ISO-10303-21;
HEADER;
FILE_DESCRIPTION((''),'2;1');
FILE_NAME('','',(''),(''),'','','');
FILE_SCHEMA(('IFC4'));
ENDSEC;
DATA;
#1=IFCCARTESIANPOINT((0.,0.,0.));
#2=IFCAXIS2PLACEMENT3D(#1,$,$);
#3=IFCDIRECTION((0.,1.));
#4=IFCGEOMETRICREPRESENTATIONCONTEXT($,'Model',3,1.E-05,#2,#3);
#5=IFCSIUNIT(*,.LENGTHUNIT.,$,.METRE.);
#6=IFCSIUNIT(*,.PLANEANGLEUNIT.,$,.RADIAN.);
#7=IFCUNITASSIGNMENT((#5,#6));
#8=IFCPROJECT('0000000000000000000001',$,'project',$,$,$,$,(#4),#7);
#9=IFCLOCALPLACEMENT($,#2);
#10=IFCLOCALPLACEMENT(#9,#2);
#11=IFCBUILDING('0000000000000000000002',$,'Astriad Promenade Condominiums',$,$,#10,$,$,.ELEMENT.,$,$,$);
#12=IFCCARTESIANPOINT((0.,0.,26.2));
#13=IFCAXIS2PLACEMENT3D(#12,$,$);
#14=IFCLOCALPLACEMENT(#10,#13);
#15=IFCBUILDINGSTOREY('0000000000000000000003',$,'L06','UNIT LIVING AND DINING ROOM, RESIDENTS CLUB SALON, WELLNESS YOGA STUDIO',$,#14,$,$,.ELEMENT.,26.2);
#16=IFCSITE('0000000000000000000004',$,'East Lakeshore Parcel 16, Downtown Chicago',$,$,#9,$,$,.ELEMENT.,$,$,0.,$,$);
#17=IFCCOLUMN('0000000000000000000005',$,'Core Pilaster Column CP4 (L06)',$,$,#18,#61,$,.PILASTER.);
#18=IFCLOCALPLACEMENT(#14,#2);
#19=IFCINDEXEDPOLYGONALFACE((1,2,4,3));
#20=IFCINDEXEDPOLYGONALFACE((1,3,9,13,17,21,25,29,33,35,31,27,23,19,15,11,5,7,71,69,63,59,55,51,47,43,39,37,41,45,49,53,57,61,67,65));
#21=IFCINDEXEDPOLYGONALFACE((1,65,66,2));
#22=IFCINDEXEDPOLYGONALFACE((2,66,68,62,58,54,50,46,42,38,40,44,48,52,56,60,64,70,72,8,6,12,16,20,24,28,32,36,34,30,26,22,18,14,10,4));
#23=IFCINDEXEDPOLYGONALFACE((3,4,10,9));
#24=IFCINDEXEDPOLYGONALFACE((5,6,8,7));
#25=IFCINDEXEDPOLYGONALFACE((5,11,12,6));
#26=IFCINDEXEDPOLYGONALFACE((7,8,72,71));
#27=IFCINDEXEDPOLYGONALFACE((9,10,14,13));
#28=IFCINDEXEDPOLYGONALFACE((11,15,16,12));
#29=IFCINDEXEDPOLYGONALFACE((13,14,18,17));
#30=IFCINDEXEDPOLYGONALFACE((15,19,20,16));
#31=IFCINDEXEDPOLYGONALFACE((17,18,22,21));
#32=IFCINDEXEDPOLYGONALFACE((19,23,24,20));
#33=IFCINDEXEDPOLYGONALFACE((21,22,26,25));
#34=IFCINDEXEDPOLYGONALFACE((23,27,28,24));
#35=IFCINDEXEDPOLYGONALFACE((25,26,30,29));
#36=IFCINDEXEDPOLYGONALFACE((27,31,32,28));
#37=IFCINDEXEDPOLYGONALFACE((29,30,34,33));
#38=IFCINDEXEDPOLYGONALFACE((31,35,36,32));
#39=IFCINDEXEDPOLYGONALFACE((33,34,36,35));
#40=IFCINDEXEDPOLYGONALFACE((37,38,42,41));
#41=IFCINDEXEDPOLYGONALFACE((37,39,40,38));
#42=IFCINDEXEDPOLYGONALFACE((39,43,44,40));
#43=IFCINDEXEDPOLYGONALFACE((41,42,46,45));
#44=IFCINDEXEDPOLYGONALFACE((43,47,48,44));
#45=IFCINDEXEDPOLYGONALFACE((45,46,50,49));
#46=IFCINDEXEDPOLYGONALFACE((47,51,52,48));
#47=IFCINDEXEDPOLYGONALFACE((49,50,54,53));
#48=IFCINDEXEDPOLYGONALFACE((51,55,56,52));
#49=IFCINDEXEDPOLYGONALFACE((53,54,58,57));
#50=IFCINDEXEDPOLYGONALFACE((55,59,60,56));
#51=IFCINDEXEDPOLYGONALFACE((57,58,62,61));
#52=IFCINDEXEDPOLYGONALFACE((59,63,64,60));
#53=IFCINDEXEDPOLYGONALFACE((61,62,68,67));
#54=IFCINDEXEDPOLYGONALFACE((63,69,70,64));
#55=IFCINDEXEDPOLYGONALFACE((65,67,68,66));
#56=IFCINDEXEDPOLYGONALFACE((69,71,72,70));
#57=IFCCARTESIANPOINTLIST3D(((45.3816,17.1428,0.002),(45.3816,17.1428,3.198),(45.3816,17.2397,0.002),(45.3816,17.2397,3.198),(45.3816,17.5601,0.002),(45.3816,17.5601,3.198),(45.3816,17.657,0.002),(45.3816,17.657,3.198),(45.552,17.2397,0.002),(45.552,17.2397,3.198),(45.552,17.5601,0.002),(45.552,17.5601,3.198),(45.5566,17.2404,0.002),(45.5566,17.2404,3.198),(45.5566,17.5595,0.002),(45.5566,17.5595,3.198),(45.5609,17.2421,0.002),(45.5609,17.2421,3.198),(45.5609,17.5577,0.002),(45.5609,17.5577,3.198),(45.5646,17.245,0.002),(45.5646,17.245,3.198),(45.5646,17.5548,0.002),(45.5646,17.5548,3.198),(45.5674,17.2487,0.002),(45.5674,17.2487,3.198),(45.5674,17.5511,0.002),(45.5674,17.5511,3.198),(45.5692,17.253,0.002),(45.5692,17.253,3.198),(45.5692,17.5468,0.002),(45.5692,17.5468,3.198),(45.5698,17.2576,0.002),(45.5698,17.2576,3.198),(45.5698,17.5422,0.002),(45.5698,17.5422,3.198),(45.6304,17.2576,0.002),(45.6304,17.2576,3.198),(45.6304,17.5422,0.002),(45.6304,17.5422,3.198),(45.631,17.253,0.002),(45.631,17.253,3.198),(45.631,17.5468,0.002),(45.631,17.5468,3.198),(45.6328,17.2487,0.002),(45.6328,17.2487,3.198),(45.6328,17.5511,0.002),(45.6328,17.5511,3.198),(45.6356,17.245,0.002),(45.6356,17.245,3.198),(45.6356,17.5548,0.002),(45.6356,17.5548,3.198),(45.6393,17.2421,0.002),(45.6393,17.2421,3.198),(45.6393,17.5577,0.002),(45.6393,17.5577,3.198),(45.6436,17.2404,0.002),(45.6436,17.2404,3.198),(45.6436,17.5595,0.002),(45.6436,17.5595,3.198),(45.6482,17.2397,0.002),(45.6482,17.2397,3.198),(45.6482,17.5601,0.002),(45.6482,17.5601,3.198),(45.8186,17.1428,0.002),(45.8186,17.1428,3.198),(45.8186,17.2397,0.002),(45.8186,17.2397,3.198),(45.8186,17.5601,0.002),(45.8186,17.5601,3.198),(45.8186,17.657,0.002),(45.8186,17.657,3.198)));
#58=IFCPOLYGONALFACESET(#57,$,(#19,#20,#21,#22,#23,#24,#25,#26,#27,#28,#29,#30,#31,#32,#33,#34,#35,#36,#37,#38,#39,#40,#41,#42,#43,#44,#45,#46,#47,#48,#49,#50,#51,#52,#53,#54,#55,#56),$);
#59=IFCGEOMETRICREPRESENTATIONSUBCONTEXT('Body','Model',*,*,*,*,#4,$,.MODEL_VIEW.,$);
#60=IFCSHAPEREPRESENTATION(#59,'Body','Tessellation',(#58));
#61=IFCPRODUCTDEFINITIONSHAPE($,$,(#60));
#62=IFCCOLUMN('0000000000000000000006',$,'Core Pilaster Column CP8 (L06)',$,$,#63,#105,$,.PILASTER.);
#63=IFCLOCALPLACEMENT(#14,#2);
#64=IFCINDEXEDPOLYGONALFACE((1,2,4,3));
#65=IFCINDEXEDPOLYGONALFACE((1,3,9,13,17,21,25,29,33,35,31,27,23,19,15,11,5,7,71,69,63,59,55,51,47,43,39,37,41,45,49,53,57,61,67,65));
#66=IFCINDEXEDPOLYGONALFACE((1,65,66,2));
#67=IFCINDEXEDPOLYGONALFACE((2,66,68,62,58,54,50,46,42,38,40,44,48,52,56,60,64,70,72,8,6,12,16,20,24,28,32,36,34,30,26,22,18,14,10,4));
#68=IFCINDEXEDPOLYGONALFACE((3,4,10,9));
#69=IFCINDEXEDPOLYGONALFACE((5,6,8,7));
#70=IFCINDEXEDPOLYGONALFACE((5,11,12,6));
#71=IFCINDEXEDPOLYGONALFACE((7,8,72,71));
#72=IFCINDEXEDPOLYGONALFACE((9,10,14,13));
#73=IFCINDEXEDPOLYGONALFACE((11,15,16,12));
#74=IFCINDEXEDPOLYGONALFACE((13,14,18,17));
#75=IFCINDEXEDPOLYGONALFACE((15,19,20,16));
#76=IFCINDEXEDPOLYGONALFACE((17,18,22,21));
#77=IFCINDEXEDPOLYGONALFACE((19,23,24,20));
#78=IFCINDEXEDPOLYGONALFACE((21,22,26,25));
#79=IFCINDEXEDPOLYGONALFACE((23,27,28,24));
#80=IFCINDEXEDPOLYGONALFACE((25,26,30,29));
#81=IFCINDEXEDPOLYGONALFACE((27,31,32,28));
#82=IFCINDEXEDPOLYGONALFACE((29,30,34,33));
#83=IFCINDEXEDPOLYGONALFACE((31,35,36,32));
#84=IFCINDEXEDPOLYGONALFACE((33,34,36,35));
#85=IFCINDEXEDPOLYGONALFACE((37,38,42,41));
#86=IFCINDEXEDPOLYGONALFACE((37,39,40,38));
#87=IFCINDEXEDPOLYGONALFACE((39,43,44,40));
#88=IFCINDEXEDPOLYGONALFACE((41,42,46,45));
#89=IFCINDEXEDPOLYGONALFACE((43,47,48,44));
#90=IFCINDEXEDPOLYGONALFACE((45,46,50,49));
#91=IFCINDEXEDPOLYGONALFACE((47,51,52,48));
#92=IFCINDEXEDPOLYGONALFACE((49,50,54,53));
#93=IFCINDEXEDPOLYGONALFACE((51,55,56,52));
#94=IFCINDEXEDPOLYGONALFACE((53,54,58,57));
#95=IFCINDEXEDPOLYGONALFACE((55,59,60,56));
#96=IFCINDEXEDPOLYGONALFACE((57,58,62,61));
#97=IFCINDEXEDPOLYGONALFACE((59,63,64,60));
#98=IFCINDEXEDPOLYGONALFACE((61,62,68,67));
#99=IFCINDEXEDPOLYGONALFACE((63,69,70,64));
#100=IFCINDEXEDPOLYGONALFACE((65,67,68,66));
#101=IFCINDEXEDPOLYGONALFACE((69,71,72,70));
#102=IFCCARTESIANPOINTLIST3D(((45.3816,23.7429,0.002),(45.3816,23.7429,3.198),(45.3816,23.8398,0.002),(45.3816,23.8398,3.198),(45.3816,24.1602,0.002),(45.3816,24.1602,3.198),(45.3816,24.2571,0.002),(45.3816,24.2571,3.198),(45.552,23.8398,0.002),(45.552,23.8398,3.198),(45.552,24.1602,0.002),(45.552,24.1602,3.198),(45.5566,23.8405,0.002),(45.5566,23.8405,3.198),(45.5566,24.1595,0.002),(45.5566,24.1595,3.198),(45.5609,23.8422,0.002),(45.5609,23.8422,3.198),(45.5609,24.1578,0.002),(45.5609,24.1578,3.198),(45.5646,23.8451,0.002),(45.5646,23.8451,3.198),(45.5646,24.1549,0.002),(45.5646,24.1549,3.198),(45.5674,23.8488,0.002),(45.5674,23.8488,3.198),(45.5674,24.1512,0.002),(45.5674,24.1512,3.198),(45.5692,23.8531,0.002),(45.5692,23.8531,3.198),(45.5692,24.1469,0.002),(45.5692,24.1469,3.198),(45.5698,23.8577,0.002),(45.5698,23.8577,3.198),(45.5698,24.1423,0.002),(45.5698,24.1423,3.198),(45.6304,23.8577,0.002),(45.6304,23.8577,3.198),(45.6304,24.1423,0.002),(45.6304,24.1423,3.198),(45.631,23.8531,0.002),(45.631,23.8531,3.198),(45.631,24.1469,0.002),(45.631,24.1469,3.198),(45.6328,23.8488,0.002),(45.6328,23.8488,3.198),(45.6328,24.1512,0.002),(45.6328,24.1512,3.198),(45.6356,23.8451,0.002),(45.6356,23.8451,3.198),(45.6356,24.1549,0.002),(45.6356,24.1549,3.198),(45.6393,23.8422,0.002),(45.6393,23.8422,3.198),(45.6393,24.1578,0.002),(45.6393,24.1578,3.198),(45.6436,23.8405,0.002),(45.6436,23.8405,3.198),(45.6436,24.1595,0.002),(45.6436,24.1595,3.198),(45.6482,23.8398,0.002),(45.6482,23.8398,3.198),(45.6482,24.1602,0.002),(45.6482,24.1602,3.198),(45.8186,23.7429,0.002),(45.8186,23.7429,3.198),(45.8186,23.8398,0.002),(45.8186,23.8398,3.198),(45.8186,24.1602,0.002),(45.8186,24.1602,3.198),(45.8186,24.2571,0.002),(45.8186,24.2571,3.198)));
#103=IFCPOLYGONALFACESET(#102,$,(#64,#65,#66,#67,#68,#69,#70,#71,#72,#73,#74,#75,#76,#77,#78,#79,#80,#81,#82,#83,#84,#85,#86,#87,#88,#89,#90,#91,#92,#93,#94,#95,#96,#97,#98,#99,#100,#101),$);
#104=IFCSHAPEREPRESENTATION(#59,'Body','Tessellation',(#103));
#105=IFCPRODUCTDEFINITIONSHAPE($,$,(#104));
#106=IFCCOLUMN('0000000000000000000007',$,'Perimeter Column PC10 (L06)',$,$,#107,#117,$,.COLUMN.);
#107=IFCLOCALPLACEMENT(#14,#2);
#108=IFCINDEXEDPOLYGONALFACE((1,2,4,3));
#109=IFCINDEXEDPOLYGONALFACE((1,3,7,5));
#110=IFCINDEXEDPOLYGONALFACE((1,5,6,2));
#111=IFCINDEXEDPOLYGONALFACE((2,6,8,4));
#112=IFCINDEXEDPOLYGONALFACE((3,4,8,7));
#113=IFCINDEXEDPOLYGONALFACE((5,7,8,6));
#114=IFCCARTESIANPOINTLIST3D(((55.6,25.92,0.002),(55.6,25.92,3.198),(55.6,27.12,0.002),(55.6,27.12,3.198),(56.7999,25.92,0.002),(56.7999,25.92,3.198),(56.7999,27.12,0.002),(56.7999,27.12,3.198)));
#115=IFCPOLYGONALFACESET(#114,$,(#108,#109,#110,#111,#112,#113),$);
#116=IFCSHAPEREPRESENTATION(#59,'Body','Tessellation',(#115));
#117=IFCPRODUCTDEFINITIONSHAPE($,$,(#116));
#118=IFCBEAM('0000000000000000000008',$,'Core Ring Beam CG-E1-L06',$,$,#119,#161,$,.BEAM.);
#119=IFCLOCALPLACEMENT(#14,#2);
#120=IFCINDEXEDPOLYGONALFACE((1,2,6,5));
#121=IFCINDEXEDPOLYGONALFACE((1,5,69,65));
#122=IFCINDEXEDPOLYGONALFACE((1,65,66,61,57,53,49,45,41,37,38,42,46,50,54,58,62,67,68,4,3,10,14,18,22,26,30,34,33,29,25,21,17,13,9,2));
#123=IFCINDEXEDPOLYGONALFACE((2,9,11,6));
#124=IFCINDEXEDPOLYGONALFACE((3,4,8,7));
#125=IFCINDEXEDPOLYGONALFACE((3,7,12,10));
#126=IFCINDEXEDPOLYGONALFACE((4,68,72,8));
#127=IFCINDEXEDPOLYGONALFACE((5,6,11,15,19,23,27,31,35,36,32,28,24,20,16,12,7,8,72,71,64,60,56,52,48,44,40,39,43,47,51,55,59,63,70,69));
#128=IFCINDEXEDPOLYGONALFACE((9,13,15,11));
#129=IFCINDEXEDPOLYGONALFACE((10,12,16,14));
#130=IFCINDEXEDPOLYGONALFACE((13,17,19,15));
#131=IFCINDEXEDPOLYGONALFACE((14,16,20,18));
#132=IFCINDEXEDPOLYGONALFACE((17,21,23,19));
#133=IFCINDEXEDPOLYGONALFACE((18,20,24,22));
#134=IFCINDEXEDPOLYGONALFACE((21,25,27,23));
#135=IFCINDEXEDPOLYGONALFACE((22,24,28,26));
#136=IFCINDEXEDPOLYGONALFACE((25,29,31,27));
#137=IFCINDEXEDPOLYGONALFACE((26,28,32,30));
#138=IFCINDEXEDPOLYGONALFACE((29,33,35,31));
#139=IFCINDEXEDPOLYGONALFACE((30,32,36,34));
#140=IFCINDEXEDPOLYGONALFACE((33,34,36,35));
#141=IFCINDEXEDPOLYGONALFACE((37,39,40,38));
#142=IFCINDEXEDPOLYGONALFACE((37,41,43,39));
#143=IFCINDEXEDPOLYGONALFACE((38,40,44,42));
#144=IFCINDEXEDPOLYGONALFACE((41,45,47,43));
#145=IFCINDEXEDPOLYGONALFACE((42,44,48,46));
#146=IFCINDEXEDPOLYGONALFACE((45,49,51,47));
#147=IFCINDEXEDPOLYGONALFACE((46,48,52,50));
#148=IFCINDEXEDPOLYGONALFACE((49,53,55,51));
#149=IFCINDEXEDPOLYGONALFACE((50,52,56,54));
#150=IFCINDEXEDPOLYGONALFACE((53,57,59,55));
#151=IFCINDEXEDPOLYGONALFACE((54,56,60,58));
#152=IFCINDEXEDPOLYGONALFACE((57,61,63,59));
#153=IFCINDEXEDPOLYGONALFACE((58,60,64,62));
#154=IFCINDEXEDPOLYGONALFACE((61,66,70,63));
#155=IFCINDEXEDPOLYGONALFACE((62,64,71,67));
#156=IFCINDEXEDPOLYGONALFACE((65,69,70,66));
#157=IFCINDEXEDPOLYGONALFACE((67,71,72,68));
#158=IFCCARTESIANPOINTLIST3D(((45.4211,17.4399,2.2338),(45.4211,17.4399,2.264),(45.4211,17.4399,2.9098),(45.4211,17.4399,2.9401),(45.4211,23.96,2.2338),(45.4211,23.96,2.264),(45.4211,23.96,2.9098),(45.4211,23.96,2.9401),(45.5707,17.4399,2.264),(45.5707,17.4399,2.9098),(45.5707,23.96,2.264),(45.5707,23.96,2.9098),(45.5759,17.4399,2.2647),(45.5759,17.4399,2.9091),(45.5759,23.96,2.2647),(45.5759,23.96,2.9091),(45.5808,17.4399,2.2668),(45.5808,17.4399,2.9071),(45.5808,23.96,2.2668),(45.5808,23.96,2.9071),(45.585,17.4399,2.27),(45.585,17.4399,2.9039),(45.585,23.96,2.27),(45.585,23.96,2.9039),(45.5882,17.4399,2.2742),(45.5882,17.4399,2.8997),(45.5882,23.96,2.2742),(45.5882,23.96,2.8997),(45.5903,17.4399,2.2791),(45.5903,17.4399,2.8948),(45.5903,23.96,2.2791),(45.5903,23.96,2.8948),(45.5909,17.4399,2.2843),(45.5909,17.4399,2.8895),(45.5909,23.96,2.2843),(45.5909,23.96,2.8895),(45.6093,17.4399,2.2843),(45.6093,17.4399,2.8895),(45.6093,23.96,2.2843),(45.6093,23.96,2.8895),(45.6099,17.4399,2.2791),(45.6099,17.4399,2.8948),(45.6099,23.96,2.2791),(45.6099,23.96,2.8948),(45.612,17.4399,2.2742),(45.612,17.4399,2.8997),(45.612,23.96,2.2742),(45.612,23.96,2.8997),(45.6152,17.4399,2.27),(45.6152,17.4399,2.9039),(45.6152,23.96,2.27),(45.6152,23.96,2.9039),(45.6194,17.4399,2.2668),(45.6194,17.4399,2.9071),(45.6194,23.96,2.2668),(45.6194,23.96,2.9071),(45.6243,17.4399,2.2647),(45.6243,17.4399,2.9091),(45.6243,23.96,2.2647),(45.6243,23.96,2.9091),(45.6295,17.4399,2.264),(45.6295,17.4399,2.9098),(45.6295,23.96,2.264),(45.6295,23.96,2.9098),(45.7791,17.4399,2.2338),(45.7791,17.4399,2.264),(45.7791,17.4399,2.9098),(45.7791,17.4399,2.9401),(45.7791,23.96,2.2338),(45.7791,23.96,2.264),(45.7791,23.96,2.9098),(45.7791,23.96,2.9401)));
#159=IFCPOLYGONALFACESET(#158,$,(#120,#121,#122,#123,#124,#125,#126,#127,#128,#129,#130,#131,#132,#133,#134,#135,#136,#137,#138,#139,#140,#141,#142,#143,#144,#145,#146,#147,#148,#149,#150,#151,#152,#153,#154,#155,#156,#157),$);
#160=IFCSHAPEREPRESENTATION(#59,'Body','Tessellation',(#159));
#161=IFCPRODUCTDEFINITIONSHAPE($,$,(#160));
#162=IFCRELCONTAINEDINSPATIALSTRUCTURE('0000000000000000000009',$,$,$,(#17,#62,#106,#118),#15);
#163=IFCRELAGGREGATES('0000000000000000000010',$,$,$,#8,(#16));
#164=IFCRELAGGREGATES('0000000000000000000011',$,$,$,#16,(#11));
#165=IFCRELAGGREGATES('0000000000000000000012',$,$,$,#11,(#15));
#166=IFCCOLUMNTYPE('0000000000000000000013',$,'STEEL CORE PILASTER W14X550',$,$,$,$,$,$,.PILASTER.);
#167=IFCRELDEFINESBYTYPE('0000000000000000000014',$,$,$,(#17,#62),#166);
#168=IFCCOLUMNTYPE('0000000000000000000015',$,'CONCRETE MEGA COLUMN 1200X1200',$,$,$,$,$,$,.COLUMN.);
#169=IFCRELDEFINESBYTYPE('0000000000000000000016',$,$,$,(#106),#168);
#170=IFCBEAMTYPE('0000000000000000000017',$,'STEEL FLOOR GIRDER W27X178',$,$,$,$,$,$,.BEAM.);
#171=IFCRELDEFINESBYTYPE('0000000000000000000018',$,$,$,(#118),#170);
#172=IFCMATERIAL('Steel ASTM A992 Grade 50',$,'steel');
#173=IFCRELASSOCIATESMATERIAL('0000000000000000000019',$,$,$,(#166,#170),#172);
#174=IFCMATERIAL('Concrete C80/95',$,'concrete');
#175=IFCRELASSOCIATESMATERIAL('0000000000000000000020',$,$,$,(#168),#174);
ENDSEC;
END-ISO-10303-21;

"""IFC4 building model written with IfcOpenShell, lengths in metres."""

from ifc_helpers import new_model, si_unit, direction, frame, origin, origin_2d, place, context, subcontext, project, spatial, rectangle, i_section, extrude, source, transform, mapped, material, material_profile, profile_set, type_object, type_shapes, element, save


model = new_model("IFC4")

# Units and contexts
model_context = context("Model", 3, precision=1e-05, world=origin(), true_north=direction((0.0, 1.0)))
body_context = subcontext(model_context, "Body", "Model", "MODEL_VIEW")
ifc_project = project(units=[si_unit("LENGTHUNIT", "METRE"), si_unit("PLANEANGLEUNIT", "RADIAN")], contexts=[model_context])

# Site, building, storey
site_placement = place(None, origin())
site = spatial("IfcSite", under=ifc_project, at=site_placement, Name="East Lakeshore Parcel 16, Downtown Chicago", CompositionType="ELEMENT", RefElevation=0.0)
building_placement = place(site_placement, origin())
building = spatial("IfcBuilding", under=site, at=building_placement, Name="Astriad Promenade Condominiums", CompositionType="ELEMENT")
storey_placement = place(building_placement, frame((0.0, 0.0, 26.2)))
storey = spatial("IfcBuildingStorey", under=building, at=storey_placement, Name="L06", Description="UNIT LIVING AND DINING ROOM, RESIDENTS CLUB SALON, WELLNESS YOGA STUDIO", CompositionType="ELEMENT", Elevation=26.2)

# Columns
ifc_material_1 = material(Name="Steel ASTM A992 Grade 50", Category="steel")
ifc_material_profile_1 = material_profile(ifc_material_1, i_section(OverallWidth=0.437, OverallDepth=0.5142, WebThickness=0.0605, FlangeThickness=0.0969, FilletRadius=0.0178, at=origin_2d()), Name="W14X550")
ifc_profile_set_1 = profile_set([ifc_material_profile_1], Name="Steel ASTM A992 Grade 50")
column_type_1 = type_object("IfcColumnType", Name="STEEL CORE PILASTER W14X550", PredefinedType="PILASTER", material=ifc_profile_set_1)
shared_shape_1 = source(origin(), body_context, "Body", "SweptSolid", [
    extrude(i_section(OverallWidth=0.437, OverallDepth=0.5142, WebThickness=0.0605, FlangeThickness=0.0969, FilletRadius=0.0178, at=origin_2d()), origin(), (0.0, 0.0, 1.0), 3.196),
])
type_shapes(column_type_1, [shared_shape_1])
for number, where, z_axis, x_axis, name in (
    (1, (45.6001, 17.3999, 0.002), (0.0, 0.0, 1.0), (1.0, 0.0, 0.0), "Core Pilaster Column CP4 (L06)"),
    (2, (45.6001, 24.0, 0.002), (0.0, 0.0, 1.0), (1.0, 0.0, 0.0), "Core Pilaster Column CP8 (L06)"),
):
    element("IfcColumn", number, at=place(storey_placement, frame(where, z_axis=z_axis, x_axis=x_axis)), inside=storey, type_object=column_type_1, Name=name, PredefinedType="PILASTER", context=body_context, shape_type="MappedRepresentation", body=[
        mapped(shared_shape_1, transform((0.0, 0.0, 0.0), scale=1.0)),
    ])
ifc_material_2 = material(Name="Concrete C80/95", Category="concrete")
ifc_material_profile_2 = material_profile(ifc_material_2, rectangle(XDim=1.2, YDim=1.2, at=origin_2d()), Name="RC-COL-1200X1200")
ifc_profile_set_2 = profile_set([ifc_material_profile_2], Name="Concrete C80/95")
column_type_2 = type_object("IfcColumnType", Name="CONCRETE MEGA COLUMN 1200X1200", PredefinedType="COLUMN", material=ifc_profile_set_2)
shared_shape_2 = source(origin(), body_context, "Body", "SweptSolid", [
    extrude(rectangle(XDim=1.2, YDim=1.2, at=origin_2d()), origin(), (0.0, 0.0, 1.0), 3.196),
])
type_shapes(column_type_2, [shared_shape_2])
column_placement = place(storey_placement, frame((56.2, 26.52, 0.002), z_axis=(0.0, 0.0, 1.0), x_axis=(1.0, 0.0, 0.0)))
element("IfcColumn", 3, at=column_placement, inside=storey, type_object=column_type_2, Name="Perimeter Column PC10 (L06)", PredefinedType="COLUMN", context=body_context, shape_type="MappedRepresentation", body=[
    mapped(shared_shape_2, transform((0.0, 0.0, 0.0), scale=1.0)),
])

# Beam
ifc_material_profile_3 = material_profile(ifc_material_1, i_section(OverallWidth=0.3579, OverallDepth=0.7063, WebThickness=0.0183, FlangeThickness=0.0303, FilletRadius=0.0203, at=origin_2d()), Name="W27X178")
ifc_profile_set_3 = profile_set([ifc_material_profile_3], Name="Steel ASTM A992 Grade 50")
beam_type_1 = type_object("IfcBeamType", Name="STEEL FLOOR GIRDER W27X178", PredefinedType="BEAM", material=ifc_profile_set_3)
shared_shape_3 = source(origin(), body_context, "Body", "SweptSolid", [
    extrude(i_section(OverallWidth=0.3579, OverallDepth=0.7063, WebThickness=0.0183, FlangeThickness=0.0303, FilletRadius=0.0203, at=origin_2d()), origin(), (0.0, 0.0, 1.0), 6.52),
])
type_shapes(beam_type_1, [shared_shape_3])
beam_1_placement = place(storey_placement, frame((45.6001, 17.4399, 2.5869), z_axis=(0.0, 1.0, 0.0), x_axis=(-1.0, 0.0, 0.0)))
element("IfcBeam", 4, at=beam_1_placement, inside=storey, type_object=beam_type_1, Name="Core Ring Beam CG-E1-L06", PredefinedType="BEAM", context=body_context, shape_type="MappedRepresentation", body=[
    mapped(shared_shape_3, transform((0.0, 0.0, 0.0), scale=1.0)),
])

save(model, "model.ifc")
